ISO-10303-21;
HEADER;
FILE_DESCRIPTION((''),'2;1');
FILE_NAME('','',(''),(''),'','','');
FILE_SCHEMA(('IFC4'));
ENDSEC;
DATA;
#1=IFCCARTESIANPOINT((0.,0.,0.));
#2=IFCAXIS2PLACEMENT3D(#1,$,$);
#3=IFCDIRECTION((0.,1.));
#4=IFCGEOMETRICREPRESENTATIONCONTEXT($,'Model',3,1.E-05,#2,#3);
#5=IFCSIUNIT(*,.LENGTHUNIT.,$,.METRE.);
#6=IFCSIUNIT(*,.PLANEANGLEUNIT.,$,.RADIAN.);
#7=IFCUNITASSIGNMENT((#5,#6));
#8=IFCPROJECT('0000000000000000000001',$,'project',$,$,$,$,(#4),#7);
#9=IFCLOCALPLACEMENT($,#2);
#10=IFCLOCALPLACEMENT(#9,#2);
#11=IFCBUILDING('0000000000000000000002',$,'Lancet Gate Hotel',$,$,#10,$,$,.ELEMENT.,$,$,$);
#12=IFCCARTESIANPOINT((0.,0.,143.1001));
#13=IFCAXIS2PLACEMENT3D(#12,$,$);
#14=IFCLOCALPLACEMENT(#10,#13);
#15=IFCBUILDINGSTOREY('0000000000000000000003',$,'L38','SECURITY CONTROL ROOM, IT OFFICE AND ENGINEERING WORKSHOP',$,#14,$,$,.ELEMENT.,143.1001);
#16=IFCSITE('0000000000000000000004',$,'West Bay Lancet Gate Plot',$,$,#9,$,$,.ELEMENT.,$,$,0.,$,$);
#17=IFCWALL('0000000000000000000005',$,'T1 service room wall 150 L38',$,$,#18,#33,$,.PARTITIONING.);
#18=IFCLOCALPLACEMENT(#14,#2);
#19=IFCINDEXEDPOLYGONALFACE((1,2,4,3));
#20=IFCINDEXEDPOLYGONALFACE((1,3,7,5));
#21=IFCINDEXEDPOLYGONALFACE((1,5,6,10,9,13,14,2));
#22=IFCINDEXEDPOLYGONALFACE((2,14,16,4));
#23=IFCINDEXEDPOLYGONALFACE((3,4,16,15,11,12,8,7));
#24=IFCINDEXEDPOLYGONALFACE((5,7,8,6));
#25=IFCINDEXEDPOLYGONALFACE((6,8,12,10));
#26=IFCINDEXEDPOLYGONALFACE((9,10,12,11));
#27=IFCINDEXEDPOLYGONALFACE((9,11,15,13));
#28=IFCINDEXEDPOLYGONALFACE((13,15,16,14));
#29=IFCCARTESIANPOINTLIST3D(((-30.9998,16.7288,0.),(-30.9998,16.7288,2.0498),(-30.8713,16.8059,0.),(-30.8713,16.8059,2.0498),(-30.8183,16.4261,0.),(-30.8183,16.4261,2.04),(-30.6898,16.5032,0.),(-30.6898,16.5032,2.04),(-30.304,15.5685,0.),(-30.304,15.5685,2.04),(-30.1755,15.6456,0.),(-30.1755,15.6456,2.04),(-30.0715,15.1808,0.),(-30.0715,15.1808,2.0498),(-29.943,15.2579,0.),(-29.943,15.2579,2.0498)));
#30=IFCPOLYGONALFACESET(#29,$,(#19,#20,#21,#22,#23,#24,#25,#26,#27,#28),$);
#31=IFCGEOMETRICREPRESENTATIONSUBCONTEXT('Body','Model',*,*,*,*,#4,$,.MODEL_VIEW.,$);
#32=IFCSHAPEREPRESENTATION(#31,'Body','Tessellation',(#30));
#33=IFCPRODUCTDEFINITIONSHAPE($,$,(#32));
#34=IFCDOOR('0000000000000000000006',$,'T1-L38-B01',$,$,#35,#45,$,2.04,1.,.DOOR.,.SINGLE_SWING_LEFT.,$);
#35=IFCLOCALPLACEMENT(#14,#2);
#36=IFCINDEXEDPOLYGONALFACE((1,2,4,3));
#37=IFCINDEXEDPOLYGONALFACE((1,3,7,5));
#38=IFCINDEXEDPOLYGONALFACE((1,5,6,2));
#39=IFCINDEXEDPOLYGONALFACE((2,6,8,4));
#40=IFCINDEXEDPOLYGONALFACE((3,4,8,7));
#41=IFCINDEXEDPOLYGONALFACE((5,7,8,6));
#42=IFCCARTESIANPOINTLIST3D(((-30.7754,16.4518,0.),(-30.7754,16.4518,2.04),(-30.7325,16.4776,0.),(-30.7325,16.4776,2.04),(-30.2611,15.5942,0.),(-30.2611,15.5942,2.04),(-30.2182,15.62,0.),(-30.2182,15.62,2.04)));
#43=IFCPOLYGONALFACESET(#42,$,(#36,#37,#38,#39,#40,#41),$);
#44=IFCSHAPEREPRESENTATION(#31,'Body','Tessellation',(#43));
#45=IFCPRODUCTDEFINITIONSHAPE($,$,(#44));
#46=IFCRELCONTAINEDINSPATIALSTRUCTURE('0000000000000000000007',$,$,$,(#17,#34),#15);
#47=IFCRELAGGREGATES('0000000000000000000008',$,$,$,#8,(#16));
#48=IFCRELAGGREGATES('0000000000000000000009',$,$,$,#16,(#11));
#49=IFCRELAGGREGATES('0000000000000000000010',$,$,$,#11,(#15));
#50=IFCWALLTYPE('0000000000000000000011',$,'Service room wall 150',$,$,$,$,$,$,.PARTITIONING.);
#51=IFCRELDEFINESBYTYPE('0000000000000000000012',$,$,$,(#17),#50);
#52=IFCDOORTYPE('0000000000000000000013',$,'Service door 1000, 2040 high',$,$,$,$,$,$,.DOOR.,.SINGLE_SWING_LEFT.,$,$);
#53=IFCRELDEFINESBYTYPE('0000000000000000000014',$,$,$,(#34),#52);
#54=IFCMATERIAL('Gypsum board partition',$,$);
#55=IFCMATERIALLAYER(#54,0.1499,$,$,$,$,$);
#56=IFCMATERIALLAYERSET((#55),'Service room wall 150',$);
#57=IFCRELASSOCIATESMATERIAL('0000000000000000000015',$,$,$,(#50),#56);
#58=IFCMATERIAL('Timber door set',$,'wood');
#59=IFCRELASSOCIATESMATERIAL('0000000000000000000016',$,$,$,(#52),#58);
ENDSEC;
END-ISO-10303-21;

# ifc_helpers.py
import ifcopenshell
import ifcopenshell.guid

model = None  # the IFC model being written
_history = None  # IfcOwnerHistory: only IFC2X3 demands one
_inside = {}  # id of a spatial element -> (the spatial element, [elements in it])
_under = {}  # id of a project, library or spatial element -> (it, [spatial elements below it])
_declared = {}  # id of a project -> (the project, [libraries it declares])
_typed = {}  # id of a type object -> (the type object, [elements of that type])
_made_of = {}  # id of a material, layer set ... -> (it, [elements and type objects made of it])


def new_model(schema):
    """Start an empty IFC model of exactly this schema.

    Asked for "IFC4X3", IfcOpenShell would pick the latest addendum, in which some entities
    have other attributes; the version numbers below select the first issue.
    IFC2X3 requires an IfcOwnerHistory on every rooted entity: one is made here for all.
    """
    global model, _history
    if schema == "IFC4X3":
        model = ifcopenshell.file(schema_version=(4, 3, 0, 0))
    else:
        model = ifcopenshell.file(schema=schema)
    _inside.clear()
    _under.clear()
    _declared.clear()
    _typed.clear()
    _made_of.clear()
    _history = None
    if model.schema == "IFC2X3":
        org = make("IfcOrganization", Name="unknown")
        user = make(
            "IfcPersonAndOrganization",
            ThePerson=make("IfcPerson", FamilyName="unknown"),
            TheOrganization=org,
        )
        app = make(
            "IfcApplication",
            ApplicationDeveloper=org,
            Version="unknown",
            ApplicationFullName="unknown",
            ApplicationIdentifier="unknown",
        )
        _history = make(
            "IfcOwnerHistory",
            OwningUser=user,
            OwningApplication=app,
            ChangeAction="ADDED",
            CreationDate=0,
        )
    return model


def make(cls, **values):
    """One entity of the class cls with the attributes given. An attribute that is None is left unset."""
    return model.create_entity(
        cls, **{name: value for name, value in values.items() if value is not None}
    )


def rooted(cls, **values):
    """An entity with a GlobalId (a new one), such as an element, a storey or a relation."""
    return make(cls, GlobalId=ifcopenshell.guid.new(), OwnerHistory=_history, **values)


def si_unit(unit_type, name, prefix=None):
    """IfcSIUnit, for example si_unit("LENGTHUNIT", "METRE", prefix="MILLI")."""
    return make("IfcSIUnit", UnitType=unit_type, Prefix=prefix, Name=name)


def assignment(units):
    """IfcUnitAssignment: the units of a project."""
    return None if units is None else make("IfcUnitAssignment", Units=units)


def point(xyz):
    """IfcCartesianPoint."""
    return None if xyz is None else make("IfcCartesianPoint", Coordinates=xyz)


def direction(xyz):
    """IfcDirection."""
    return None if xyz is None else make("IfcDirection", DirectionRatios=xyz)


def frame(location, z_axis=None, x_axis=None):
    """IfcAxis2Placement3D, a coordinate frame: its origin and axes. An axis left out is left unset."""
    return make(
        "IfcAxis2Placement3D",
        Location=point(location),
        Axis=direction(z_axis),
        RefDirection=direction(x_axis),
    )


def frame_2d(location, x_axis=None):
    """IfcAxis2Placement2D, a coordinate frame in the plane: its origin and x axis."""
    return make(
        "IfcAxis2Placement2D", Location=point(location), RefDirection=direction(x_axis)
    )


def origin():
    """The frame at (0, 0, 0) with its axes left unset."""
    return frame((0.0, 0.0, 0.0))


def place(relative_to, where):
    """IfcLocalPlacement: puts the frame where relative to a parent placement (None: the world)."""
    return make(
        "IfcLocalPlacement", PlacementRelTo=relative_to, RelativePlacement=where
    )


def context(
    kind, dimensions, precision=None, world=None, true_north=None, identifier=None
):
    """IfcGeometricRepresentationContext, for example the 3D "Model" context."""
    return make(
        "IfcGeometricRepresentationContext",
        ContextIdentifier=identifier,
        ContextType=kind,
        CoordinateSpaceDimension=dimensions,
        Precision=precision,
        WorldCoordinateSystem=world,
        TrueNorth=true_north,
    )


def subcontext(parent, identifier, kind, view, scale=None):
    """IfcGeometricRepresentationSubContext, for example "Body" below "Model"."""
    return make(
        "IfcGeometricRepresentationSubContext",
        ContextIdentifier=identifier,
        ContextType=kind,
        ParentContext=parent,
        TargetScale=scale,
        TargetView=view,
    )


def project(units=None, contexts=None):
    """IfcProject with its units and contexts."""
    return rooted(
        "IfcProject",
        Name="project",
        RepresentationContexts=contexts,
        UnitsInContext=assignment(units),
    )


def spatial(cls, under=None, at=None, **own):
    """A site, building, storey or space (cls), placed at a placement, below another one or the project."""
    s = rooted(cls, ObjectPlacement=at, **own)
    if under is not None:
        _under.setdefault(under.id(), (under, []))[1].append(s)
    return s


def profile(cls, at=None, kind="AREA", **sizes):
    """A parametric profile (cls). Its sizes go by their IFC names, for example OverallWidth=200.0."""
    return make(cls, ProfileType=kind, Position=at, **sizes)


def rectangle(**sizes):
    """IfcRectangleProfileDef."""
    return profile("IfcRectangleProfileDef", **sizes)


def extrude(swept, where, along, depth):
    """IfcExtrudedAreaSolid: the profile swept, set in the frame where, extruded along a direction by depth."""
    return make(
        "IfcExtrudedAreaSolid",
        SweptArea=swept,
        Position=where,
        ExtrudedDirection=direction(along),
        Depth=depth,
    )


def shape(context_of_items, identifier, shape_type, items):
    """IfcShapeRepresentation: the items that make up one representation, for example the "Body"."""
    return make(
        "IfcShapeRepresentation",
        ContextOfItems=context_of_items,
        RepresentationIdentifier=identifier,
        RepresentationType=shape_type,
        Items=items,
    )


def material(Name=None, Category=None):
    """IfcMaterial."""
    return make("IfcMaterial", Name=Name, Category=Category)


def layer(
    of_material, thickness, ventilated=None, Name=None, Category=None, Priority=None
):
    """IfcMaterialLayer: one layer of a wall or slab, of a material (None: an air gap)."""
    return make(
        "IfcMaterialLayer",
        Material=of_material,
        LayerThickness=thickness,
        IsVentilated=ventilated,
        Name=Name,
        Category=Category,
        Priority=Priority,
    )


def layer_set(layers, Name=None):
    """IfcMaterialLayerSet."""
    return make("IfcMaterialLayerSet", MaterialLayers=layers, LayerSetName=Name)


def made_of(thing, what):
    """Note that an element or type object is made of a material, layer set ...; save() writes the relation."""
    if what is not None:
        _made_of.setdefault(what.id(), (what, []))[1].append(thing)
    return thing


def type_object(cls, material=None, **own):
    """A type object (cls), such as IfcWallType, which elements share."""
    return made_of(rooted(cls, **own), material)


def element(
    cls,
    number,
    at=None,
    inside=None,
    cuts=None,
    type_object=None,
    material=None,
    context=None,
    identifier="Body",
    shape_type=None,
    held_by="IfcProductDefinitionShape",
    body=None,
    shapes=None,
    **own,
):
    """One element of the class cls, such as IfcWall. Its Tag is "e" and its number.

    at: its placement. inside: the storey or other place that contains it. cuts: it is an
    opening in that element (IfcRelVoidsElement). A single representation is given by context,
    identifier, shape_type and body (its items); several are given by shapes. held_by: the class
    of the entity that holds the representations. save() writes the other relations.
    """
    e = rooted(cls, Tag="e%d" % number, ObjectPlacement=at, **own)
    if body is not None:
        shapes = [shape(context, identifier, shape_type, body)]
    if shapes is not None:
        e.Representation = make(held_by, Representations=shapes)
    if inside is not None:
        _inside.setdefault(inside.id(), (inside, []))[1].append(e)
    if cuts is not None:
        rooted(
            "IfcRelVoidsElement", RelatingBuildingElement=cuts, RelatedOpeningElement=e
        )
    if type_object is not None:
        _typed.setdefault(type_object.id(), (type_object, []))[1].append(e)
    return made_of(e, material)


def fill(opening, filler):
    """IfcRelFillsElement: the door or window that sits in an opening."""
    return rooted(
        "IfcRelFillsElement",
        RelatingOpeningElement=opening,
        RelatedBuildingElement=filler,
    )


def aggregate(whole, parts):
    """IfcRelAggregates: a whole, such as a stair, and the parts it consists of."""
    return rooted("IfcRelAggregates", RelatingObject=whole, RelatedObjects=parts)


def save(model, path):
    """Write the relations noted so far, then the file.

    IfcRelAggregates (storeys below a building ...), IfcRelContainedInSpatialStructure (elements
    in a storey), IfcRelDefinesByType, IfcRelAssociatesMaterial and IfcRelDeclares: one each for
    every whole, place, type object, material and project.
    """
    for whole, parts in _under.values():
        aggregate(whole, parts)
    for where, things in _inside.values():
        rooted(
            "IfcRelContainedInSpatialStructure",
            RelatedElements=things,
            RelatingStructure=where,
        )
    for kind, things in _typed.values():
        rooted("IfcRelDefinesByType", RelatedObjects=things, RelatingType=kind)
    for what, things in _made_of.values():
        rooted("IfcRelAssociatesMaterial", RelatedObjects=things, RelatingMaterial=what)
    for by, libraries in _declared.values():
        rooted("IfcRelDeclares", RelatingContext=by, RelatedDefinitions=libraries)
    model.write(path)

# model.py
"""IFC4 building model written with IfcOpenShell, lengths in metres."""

from ifc_helpers import new_model, si_unit, direction, frame, frame_2d, origin, place, context, subcontext, project, spatial, rectangle, extrude, material, layer, layer_set, type_object, element, fill, save


model = new_model("IFC4")

# Units and contexts
model_context = context("Model", 3, precision=1e-05, world=origin(), true_north=direction((0.0, 1.0)))
body_context = subcontext(model_context, "Body", "Model", "MODEL_VIEW")
ifc_project = project(units=[si_unit("LENGTHUNIT", "METRE"), si_unit("PLANEANGLEUNIT", "RADIAN")], contexts=[model_context])

# Site, building, storey
site_placement = place(None, origin())
site = spatial("IfcSite", under=ifc_project, at=site_placement, Name="West Bay Lancet Gate Plot", CompositionType="ELEMENT", RefElevation=0.0)
building_placement = place(site_placement, origin())
building = spatial("IfcBuilding", under=site, at=building_placement, Name="Lancet Gate Hotel", CompositionType="ELEMENT")
storey_placement = place(building_placement, frame((0.0, 0.0, 143.1001)))
storey = spatial("IfcBuildingStorey", under=building, at=storey_placement, Name="L38", Description="SECURITY CONTROL ROOM, IT OFFICE AND ENGINEERING WORKSHOP", CompositionType="ELEMENT", Elevation=143.1001)

# Wall, opening, door
ifc_material_1 = material(Name="Gypsum board partition")
ifc_layer_1 = layer(ifc_material_1, 0.1499)
ifc_layer_set_1 = layer_set([ifc_layer_1], Name="Service room wall 150")
wall_type_1 = type_object("IfcWallType", Name="Service room wall 150", PredefinedType="PARTITIONING", material=ifc_layer_set_1)
wall_1_placement = place(storey_placement, frame((-30.0073, 15.2195, 0.0), z_axis=(0.0, 0.0, 1.0), x_axis=(-0.514297, 0.857612, 0.0)))
wall_1 = element("IfcWall", 1, at=wall_1_placement, inside=storey, type_object=wall_type_1, Name="T1 service room wall 150 L38", PredefinedType="PARTITIONING", context=body_context, shape_type="SweptSolid", body=[
    extrude(rectangle(XDim=1.8049, YDim=0.1499, at=frame_2d((0.9023, 0.0))), origin(), (0.0, 0.0, 1.0), 2.0498),
])
opening_1_placement = place(wall_1_placement, frame((0.4519, 0.0, 0.0)))
opening_1 = element("IfcOpeningElement", 2, at=opening_1_placement, cuts=wall_1, PredefinedType="OPENING", context=body_context, shape_type="SweptSolid", body=[
    extrude(rectangle(XDim=1.0, YDim=2.04, at=frame_2d((0.5, 1.02))), frame((0.0, 0.085, 0.0), z_axis=(0.0, -1.0, 0.0), x_axis=(1.0, 0.0, 0.0)), (0.0, 0.0, 1.0), 0.1699),
])
ifc_material_2 = material(Name="Timber door set", Category="wood")
door_type_1 = type_object("IfcDoorType", Name="Service door 1000, 2040 high", OperationType="SINGLE_SWING_LEFT", PredefinedType="DOOR", material=ifc_material_2)
door_1_placement = place(opening_1_placement, origin())
door_1 = element("IfcDoor", 3, at=door_1_placement, inside=storey, type_object=door_type_1, Name="T1-L38-B01", OperationType="SINGLE_SWING_LEFT", OverallHeight=2.04, OverallWidth=1.0, PredefinedType="DOOR", context=body_context, shape_type="SweptSolid", body=[
    extrude(rectangle(XDim=1.0, YDim=2.04, at=frame_2d((0.5, 1.02))), frame((0.0, 0.0249, 0.0), z_axis=(0.0, -1.0, 0.0), x_axis=(1.0, 0.0, 0.0)), (0.0, 0.0, 1.0), 0.05),
])
fill(opening_1, door_1)

save(model, "model.ifc")
